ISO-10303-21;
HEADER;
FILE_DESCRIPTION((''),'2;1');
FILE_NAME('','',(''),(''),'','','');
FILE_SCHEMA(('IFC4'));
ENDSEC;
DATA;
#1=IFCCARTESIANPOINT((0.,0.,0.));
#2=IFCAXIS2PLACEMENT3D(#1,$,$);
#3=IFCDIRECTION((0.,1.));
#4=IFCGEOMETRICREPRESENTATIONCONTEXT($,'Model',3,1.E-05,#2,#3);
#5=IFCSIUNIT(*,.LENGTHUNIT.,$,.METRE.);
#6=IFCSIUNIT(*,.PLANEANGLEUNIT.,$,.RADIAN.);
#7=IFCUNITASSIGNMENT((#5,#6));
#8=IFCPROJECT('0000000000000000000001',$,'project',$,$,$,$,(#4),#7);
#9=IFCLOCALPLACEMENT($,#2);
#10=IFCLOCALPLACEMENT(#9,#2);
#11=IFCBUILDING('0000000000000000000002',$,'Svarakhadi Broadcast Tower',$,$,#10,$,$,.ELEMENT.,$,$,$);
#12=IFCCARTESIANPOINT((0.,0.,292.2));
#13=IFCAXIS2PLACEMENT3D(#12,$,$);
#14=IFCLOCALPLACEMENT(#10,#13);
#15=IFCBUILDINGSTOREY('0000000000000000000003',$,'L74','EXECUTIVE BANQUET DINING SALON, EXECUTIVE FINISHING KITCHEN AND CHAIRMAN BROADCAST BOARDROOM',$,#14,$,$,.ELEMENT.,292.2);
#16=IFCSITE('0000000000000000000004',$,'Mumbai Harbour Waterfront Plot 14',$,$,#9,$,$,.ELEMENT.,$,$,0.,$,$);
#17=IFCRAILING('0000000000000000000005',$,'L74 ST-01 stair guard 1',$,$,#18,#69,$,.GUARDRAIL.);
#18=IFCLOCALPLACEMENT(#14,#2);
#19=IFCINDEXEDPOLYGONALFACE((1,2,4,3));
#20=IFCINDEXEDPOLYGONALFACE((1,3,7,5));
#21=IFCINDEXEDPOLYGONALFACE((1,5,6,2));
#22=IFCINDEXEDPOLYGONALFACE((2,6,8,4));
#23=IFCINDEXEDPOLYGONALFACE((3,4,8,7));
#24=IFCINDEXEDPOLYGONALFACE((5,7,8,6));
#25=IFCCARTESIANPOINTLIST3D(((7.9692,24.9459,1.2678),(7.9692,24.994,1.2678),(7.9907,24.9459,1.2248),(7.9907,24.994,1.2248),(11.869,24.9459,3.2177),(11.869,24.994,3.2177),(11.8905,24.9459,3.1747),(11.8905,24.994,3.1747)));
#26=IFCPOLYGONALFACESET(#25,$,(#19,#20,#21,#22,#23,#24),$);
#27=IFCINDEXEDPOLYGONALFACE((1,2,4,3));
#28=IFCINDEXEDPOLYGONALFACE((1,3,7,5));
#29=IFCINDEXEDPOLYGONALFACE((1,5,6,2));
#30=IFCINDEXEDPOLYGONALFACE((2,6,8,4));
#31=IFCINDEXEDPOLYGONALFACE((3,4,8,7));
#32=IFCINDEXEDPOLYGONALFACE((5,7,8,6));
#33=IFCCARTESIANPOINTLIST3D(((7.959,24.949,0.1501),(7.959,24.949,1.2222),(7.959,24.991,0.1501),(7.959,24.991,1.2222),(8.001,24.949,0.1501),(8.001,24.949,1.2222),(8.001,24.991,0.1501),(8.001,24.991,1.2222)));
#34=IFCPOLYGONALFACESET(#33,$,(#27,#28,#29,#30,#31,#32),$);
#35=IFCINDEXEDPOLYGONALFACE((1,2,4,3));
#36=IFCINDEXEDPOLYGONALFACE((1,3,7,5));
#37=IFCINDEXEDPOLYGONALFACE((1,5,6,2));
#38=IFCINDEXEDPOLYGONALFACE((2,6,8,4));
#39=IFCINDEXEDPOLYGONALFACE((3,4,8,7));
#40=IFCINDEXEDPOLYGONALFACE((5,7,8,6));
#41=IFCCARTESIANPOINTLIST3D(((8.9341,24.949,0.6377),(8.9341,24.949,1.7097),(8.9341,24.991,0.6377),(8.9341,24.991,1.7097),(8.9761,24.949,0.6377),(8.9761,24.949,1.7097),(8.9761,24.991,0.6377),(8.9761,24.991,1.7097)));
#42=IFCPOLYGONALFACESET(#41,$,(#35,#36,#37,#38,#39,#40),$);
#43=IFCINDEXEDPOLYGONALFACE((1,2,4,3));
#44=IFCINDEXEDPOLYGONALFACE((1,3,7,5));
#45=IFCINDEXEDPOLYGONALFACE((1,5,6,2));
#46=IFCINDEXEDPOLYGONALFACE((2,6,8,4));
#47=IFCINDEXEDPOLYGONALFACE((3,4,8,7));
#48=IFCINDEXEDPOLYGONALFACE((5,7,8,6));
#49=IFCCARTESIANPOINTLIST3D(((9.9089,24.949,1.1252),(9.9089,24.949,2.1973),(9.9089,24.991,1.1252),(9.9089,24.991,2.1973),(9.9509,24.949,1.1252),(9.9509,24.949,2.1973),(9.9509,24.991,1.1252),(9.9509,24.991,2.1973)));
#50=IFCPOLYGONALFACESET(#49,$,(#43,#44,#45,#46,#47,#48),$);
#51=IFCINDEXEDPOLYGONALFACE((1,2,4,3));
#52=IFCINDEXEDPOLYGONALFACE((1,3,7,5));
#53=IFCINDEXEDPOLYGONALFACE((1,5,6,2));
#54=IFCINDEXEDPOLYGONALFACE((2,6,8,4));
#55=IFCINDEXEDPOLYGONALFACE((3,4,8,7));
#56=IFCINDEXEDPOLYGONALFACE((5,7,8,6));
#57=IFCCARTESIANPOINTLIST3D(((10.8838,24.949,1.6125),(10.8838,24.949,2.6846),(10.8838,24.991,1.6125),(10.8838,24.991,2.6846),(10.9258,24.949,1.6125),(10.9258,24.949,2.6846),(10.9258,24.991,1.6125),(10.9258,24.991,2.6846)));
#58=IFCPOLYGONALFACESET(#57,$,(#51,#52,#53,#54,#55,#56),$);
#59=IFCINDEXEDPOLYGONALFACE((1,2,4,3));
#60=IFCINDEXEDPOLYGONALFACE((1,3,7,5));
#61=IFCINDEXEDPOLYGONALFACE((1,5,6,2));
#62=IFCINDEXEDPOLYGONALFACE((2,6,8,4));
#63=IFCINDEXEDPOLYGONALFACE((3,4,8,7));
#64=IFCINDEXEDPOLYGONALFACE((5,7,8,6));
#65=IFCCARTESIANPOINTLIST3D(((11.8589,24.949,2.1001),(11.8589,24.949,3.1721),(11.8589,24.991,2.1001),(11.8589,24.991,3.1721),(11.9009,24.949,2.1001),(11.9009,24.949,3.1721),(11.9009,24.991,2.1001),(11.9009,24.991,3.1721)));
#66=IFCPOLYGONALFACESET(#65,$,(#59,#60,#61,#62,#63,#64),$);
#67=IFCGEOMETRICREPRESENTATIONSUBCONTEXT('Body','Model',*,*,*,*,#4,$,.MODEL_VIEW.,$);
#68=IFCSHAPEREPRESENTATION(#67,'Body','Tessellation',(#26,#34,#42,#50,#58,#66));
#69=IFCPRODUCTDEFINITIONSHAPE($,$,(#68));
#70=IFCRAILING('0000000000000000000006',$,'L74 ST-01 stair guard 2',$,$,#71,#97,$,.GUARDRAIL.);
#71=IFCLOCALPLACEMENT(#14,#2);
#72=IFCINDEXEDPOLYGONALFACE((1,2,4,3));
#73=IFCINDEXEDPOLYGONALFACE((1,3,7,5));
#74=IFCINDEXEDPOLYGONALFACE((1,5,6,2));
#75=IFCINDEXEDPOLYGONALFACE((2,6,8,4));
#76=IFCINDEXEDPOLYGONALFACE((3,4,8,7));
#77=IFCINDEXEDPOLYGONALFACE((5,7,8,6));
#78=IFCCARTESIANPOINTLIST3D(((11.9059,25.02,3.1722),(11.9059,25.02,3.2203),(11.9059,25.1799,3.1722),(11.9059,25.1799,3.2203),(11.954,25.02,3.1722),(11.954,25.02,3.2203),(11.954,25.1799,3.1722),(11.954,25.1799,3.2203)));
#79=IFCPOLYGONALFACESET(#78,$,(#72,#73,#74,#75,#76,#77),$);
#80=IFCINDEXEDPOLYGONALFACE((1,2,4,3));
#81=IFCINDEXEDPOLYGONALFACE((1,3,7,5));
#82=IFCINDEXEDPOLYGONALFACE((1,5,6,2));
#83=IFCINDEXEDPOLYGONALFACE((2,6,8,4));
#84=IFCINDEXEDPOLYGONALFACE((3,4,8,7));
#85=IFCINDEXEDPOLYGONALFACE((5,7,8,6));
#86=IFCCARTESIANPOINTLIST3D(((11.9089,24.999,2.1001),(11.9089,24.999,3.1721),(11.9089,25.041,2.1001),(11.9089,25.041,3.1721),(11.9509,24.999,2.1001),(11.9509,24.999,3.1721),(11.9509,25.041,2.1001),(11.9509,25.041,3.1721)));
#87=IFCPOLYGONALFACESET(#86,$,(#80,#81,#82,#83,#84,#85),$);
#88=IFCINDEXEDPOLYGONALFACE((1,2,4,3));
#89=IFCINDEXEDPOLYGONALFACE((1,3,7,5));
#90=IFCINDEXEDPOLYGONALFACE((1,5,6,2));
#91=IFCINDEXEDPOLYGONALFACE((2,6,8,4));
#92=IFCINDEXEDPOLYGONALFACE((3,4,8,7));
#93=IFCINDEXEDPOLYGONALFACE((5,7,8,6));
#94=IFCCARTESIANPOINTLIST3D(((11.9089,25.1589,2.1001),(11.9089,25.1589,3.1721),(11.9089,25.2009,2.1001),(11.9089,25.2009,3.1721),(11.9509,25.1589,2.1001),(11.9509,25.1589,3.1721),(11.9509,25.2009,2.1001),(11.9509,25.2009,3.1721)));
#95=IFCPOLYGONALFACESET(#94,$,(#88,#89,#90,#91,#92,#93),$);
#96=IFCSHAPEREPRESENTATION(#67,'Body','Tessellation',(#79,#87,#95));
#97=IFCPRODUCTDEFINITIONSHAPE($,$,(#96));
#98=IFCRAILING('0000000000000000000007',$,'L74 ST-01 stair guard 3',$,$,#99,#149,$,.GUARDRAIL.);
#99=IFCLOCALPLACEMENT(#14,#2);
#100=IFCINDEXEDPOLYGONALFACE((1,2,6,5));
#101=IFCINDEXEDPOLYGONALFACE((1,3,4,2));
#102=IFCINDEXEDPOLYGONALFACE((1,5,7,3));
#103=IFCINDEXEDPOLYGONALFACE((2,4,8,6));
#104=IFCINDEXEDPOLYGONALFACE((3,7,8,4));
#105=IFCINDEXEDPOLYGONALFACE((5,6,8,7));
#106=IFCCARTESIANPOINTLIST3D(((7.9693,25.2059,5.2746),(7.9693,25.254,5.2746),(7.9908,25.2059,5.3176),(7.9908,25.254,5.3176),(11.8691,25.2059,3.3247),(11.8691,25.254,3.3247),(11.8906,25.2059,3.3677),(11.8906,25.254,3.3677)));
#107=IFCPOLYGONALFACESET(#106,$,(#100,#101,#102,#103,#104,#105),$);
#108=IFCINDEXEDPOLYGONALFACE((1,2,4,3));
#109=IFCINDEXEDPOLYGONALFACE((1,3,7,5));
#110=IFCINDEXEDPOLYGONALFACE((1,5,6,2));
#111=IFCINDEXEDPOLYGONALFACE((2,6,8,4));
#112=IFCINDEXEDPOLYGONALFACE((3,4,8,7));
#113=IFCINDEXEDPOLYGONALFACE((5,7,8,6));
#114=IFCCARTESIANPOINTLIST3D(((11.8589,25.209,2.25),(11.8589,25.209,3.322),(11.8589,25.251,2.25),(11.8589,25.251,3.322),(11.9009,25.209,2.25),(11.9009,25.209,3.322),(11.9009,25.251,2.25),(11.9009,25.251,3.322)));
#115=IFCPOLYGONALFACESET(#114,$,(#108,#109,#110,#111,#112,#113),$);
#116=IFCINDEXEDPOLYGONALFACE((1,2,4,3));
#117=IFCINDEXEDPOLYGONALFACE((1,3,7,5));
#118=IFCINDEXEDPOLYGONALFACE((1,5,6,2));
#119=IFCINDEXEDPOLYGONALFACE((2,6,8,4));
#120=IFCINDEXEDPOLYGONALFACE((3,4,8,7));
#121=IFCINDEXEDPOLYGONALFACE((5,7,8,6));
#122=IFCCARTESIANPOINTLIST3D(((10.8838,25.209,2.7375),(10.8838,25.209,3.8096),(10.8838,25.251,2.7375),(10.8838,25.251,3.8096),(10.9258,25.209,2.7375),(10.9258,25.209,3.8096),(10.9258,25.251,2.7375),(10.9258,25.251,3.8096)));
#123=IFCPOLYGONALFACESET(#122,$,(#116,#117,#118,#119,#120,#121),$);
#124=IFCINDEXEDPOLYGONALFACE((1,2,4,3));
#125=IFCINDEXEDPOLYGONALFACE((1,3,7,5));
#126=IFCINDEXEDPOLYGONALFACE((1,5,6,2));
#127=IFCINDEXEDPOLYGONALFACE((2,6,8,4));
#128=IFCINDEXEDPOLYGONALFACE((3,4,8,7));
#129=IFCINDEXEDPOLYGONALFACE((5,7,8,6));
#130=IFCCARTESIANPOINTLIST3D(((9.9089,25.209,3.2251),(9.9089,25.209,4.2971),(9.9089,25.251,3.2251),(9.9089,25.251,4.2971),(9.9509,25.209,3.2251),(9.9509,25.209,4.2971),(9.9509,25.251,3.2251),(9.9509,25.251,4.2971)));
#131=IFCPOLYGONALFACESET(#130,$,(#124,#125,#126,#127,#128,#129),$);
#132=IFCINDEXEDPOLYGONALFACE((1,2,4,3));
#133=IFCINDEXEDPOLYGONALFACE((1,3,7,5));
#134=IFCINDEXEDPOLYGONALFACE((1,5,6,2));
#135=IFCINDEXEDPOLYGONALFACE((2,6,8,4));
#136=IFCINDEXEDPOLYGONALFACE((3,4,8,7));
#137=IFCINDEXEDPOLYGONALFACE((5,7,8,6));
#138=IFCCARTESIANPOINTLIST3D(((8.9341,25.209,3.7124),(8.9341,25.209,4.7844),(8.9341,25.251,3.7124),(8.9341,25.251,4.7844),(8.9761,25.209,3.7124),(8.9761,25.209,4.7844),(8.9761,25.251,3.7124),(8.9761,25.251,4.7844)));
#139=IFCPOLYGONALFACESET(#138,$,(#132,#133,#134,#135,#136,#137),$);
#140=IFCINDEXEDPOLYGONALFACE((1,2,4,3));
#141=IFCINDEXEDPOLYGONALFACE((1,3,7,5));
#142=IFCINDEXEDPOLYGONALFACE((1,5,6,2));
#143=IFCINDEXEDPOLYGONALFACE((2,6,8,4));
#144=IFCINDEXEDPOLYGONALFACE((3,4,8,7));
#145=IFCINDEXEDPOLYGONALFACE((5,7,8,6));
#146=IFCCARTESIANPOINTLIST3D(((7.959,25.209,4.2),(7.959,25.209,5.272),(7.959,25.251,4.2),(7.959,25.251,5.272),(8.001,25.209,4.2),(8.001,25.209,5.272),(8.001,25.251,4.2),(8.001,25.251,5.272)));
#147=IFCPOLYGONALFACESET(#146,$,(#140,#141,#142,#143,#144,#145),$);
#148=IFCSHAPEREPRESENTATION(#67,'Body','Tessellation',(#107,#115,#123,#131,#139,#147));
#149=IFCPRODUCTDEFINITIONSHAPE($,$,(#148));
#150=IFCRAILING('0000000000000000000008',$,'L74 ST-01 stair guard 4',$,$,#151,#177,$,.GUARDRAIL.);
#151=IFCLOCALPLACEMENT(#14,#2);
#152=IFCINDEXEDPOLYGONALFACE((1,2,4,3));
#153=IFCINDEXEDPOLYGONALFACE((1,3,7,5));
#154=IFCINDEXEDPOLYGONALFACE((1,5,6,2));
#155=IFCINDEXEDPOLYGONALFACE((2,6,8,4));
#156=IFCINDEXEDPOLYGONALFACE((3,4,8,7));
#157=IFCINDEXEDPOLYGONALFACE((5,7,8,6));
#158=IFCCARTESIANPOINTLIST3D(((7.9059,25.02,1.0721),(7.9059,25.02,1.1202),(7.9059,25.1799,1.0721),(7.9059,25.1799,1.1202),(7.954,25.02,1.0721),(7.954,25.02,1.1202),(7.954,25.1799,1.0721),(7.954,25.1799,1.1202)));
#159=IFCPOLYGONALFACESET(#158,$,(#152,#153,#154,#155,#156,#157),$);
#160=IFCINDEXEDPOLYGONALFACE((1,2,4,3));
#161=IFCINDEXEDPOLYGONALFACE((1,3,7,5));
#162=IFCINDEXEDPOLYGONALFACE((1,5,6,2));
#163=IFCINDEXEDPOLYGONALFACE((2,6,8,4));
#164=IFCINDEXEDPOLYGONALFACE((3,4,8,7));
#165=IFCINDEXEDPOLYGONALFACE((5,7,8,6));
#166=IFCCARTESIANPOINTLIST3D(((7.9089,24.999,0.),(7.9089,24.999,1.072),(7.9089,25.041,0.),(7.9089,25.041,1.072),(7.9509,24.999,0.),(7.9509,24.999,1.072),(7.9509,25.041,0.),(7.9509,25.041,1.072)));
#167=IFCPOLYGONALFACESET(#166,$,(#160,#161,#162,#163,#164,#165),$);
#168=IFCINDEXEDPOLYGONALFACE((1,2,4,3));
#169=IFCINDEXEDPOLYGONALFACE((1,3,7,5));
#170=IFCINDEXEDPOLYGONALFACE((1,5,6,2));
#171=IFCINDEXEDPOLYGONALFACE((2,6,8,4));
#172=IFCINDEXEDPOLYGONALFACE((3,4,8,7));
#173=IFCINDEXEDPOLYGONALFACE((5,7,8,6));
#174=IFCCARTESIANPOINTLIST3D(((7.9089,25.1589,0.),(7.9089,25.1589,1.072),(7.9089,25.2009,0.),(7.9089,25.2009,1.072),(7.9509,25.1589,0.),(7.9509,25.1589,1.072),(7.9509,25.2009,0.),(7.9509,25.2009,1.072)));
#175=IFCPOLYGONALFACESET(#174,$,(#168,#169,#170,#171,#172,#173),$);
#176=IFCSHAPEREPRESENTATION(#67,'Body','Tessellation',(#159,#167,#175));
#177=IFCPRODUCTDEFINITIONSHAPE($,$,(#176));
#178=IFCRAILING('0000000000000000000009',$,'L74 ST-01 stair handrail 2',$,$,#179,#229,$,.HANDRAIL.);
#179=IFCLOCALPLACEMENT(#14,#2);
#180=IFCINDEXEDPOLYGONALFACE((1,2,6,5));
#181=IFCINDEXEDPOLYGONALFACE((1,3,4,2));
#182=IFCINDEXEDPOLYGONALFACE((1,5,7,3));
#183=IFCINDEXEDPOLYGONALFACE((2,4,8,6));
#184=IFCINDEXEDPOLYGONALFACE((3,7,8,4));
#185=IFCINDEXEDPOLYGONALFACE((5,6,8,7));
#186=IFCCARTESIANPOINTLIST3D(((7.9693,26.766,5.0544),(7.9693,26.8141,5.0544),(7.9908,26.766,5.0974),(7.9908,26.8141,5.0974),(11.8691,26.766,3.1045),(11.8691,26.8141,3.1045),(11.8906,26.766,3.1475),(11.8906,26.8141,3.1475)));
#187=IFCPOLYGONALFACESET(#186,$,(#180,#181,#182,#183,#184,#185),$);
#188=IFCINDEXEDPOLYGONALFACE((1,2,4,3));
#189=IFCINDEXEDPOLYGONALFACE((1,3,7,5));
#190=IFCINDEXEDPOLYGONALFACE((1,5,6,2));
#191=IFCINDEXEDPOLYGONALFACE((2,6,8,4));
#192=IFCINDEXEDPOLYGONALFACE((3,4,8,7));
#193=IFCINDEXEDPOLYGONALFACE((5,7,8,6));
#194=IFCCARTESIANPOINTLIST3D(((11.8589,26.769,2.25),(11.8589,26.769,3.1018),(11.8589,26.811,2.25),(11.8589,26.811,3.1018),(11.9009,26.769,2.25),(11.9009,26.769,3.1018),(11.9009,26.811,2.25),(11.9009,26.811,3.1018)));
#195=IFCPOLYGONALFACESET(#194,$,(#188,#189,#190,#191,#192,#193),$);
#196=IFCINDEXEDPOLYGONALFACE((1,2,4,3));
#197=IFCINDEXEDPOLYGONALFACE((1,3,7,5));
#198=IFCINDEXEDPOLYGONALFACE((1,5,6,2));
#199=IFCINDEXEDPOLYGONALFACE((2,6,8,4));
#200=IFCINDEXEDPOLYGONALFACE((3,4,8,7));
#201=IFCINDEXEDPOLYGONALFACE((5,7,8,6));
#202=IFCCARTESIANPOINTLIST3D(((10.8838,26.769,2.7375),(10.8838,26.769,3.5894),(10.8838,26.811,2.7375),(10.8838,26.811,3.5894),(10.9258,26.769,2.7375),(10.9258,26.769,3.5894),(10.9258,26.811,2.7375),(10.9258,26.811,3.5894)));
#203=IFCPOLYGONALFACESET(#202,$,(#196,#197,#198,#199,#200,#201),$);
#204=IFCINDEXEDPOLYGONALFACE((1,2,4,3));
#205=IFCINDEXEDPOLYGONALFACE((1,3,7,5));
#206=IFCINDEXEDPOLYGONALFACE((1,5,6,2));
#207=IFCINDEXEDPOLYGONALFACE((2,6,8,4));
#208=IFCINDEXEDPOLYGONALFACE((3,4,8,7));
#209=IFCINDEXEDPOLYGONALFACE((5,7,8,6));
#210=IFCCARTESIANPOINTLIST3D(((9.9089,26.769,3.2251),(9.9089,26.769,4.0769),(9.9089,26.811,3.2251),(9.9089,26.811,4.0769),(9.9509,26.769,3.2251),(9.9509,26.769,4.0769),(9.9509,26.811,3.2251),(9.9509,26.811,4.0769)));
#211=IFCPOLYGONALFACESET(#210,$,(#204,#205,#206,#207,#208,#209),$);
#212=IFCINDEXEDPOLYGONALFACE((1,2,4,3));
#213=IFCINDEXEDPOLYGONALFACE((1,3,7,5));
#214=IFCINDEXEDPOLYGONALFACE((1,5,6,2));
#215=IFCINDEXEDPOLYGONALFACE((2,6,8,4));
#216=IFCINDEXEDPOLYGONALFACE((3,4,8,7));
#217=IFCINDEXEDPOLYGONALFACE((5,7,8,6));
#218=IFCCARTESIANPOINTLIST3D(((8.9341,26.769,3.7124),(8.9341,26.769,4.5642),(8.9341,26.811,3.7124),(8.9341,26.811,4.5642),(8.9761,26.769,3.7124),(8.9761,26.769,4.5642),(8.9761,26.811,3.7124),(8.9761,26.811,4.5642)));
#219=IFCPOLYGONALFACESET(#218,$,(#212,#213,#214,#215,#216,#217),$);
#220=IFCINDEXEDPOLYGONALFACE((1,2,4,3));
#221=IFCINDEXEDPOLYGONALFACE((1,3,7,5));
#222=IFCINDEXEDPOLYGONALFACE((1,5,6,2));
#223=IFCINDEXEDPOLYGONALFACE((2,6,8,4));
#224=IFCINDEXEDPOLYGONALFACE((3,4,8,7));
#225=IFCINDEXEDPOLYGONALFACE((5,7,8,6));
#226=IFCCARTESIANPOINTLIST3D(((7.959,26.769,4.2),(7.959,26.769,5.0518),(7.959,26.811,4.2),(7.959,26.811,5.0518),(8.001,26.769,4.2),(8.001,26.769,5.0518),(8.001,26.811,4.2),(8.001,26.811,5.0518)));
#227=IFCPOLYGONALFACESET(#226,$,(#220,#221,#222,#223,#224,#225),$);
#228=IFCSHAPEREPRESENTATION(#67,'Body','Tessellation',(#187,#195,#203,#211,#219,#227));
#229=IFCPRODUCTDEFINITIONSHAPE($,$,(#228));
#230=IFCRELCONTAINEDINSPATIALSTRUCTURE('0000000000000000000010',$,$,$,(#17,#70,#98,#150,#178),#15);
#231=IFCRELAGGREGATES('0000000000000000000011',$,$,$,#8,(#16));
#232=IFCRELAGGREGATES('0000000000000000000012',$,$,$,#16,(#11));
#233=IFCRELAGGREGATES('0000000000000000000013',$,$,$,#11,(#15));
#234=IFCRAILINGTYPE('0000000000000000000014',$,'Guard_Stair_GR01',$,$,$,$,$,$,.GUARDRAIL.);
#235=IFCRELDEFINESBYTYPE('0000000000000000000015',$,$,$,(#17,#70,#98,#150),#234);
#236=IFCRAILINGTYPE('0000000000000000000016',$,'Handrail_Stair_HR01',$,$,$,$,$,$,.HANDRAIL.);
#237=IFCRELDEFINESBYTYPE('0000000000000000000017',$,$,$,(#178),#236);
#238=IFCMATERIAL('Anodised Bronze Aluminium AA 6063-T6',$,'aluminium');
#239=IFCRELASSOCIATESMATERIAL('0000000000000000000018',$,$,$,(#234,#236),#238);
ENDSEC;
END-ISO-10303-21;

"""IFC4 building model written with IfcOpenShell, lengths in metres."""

from ifc_helpers import new_model, si_unit, direction, frame, origin, origin_2d, place, context, subcontext, project, spatial, rectangle, extrude, material, type_object, element, save


model = new_model("IFC4")

# Units and contexts
model_context = context("Model", 3, precision=1e-05, world=origin(), true_north=direction((0.0, 1.0)))
body_context = subcontext(model_context, "Body", "Model", "MODEL_VIEW")
ifc_project = project(units=[si_unit("LENGTHUNIT", "METRE"), si_unit("PLANEANGLEUNIT", "RADIAN")], contexts=[model_context])

# Site, building, storey
site_placement = place(None, origin())
site = spatial("IfcSite", under=ifc_project, at=site_placement, Name="Mumbai Harbour Waterfront Plot 14", CompositionType="ELEMENT", RefElevation=0.0)
building_placement = place(site_placement, origin())
building = spatial("IfcBuilding", under=site, at=building_placement, Name="Svarakhadi Broadcast Tower", CompositionType="ELEMENT")
storey_placement = place(building_placement, frame((0.0, 0.0, 292.2)))
storey = spatial("IfcBuildingStorey", under=building, at=storey_placement, Name="L74", Description="EXECUTIVE BANQUET DINING SALON, EXECUTIVE FINISHING KITCHEN AND CHAIRMAN BROADCAST BOARDROOM", CompositionType="ELEMENT", Elevation=292.2)

# Shared definitions
ifc_material_1 = material(Name="Anodised Bronze Aluminium AA 6063-T6", Category="aluminium")

# Railings
railing_type_1 = type_object("IfcRailingType", Name="Guard_Stair_GR01", PredefinedType="GUARDRAIL", material=ifc_material_1)
railing_1_placement = place(storey_placement, frame((7.98, 24.97, 0.1501)))
element("IfcRailing", 1, at=railing_1_placement, inside=storey, type_object=railing_type_1, Name="L74 ST-01 stair guard 1", PredefinedType="GUARDRAIL", context=body_context, shape_type="SweptSolid", body=[
    extrude(rectangle(XDim=0.0481, YDim=0.0481, at=origin_2d()), frame((0.0, 0.0, 1.0962), z_axis=(0.894427, 0.0, 0.447214), x_axis=(0.0, 1.0, 0.0)), (0.0, 0.0, 1.0), 4.3601),
    extrude(rectangle(XDim=0.042, YDim=0.042, at=origin_2d()), origin(), (0.0, 0.0, 1.0), 1.072),
    extrude(rectangle(XDim=0.042, YDim=0.042, at=origin_2d()), frame((0.9751, 0.0, 0.4875)), (0.0, 0.0, 1.0), 1.072),
    extrude(rectangle(XDim=0.042, YDim=0.042, at=origin_2d()), frame((1.95, 0.0, 0.9751)), (0.0, 0.0, 1.0), 1.072),
    extrude(rectangle(XDim=0.042, YDim=0.042, at=origin_2d()), frame((2.9248, 0.0, 1.4624)), (0.0, 0.0, 1.0), 1.072),
    extrude(rectangle(XDim=0.042, YDim=0.042, at=origin_2d()), frame((3.8999, 0.0, 1.95)), (0.0, 0.0, 1.0), 1.072),
])
railing_2_placement = place(storey_placement, frame((11.9299, 25.02, 2.1001)))
element("IfcRailing", 2, at=railing_2_placement, inside=storey, type_object=railing_type_1, Name="L74 ST-01 stair guard 2", PredefinedType="GUARDRAIL", context=body_context, shape_type="SweptSolid", body=[
    extrude(rectangle(XDim=0.0481, YDim=0.0481, at=origin_2d()), frame((0.0, 0.0, 1.0962), z_axis=(0.0, 1.0, 0.0), x_axis=(-1.0, 0.0, 0.0)), (0.0, 0.0, 1.0), 0.1599),
    extrude(rectangle(XDim=0.042, YDim=0.042, at=origin_2d()), origin(), (0.0, 0.0, 1.0), 1.072),
    extrude(rectangle(XDim=0.042, YDim=0.042, at=origin_2d()), frame((0.0, 0.1599, 0.0)), (0.0, 0.0, 1.0), 1.072),
])
railing_3_placement = place(storey_placement, frame((11.8799, 25.23, 2.25)))
element("IfcRailing", 3, at=railing_3_placement, inside=storey, type_object=railing_type_1, Name="L74 ST-01 stair guard 3", PredefinedType="GUARDRAIL", context=body_context, shape_type="SweptSolid", body=[
    extrude(rectangle(XDim=0.0481, YDim=0.0481, at=origin_2d()), frame((0.0, 0.0, 1.0962), z_axis=(-0.894427, 0.0, 0.447214), x_axis=(0.0, -1.0, 0.0)), (0.0, 0.0, 1.0), 4.3601),
    extrude(rectangle(XDim=0.042, YDim=0.042, at=origin_2d()), origin(), (0.0, 0.0, 1.0), 1.072),
    extrude(rectangle(XDim=0.042, YDim=0.042, at=origin_2d()), frame((-0.9751, 0.0, 0.4875)), (0.0, 0.0, 1.0), 1.072),
    extrude(rectangle(XDim=0.042, YDim=0.042, at=origin_2d()), frame((-1.95, 0.0, 0.9751)), (0.0, 0.0, 1.0), 1.072),
    extrude(rectangle(XDim=0.042, YDim=0.042, at=origin_2d()), frame((-2.9248, 0.0, 1.4624)), (0.0, 0.0, 1.0), 1.072),
    extrude(rectangle(XDim=0.042, YDim=0.042, at=origin_2d()), frame((-3.8999, 0.0, 1.95)), (0.0, 0.0, 1.0), 1.072),
])
railing_4_placement = place(storey_placement, frame((7.9299, 25.02, 0.0)))
element("IfcRailing", 4, at=railing_4_placement, inside=storey, type_object=railing_type_1, Name="L74 ST-01 stair guard 4", PredefinedType="GUARDRAIL", context=body_context, shape_type="SweptSolid", body=[
    extrude(rectangle(XDim=0.0481, YDim=0.0481, at=origin_2d()), frame((0.0, 0.0, 1.0962), z_axis=(0.0, 1.0, 0.0), x_axis=(-1.0, 0.0, 0.0)), (0.0, 0.0, 1.0), 0.1599),
    extrude(rectangle(XDim=0.042, YDim=0.042, at=origin_2d()), origin(), (0.0, 0.0, 1.0), 1.072),
    extrude(rectangle(XDim=0.042, YDim=0.042, at=origin_2d()), frame((0.0, 0.1599, 0.0)), (0.0, 0.0, 1.0), 1.072),
])
railing_type_2 = type_object("IfcRailingType", Name="Handrail_Stair_HR01", PredefinedType="HANDRAIL", material=ifc_material_1)
railing_5_placement = place(storey_placement, frame((11.8799, 26.79, 2.25)))
element("IfcRailing", 5, at=railing_5_placement, inside=storey, type_object=railing_type_2, Name="L74 ST-01 stair handrail 2", PredefinedType="HANDRAIL", context=body_context, shape_type="SweptSolid", body=[
    extrude(rectangle(XDim=0.0481, YDim=0.0481, at=origin_2d()), frame((0.0, 0.0, 0.876), z_axis=(-0.894427, 0.0, 0.447214), x_axis=(0.0, -1.0, 0.0)), (0.0, 0.0, 1.0), 4.3601),
    extrude(rectangle(XDim=0.042, YDim=0.042, at=origin_2d()), origin(), (0.0, 0.0, 1.0), 0.8518),
    extrude(rectangle(XDim=0.042, YDim=0.042, at=origin_2d()), frame((-0.9751, 0.0, 0.4875)), (0.0, 0.0, 1.0), 0.8518),
    extrude(rectangle(XDim=0.042, YDim=0.042, at=origin_2d()), frame((-1.95, 0.0, 0.9751)), (0.0, 0.0, 1.0), 0.8518),
    extrude(rectangle(XDim=0.042, YDim=0.042, at=origin_2d()), frame((-2.9248, 0.0, 1.4624)), (0.0, 0.0, 1.0), 0.8518),
    extrude(rectangle(XDim=0.042, YDim=0.042, at=origin_2d()), frame((-3.8999, 0.0, 1.95)), (0.0, 0.0, 1.0), 0.8518),
])

save(model, "model.ifc")
